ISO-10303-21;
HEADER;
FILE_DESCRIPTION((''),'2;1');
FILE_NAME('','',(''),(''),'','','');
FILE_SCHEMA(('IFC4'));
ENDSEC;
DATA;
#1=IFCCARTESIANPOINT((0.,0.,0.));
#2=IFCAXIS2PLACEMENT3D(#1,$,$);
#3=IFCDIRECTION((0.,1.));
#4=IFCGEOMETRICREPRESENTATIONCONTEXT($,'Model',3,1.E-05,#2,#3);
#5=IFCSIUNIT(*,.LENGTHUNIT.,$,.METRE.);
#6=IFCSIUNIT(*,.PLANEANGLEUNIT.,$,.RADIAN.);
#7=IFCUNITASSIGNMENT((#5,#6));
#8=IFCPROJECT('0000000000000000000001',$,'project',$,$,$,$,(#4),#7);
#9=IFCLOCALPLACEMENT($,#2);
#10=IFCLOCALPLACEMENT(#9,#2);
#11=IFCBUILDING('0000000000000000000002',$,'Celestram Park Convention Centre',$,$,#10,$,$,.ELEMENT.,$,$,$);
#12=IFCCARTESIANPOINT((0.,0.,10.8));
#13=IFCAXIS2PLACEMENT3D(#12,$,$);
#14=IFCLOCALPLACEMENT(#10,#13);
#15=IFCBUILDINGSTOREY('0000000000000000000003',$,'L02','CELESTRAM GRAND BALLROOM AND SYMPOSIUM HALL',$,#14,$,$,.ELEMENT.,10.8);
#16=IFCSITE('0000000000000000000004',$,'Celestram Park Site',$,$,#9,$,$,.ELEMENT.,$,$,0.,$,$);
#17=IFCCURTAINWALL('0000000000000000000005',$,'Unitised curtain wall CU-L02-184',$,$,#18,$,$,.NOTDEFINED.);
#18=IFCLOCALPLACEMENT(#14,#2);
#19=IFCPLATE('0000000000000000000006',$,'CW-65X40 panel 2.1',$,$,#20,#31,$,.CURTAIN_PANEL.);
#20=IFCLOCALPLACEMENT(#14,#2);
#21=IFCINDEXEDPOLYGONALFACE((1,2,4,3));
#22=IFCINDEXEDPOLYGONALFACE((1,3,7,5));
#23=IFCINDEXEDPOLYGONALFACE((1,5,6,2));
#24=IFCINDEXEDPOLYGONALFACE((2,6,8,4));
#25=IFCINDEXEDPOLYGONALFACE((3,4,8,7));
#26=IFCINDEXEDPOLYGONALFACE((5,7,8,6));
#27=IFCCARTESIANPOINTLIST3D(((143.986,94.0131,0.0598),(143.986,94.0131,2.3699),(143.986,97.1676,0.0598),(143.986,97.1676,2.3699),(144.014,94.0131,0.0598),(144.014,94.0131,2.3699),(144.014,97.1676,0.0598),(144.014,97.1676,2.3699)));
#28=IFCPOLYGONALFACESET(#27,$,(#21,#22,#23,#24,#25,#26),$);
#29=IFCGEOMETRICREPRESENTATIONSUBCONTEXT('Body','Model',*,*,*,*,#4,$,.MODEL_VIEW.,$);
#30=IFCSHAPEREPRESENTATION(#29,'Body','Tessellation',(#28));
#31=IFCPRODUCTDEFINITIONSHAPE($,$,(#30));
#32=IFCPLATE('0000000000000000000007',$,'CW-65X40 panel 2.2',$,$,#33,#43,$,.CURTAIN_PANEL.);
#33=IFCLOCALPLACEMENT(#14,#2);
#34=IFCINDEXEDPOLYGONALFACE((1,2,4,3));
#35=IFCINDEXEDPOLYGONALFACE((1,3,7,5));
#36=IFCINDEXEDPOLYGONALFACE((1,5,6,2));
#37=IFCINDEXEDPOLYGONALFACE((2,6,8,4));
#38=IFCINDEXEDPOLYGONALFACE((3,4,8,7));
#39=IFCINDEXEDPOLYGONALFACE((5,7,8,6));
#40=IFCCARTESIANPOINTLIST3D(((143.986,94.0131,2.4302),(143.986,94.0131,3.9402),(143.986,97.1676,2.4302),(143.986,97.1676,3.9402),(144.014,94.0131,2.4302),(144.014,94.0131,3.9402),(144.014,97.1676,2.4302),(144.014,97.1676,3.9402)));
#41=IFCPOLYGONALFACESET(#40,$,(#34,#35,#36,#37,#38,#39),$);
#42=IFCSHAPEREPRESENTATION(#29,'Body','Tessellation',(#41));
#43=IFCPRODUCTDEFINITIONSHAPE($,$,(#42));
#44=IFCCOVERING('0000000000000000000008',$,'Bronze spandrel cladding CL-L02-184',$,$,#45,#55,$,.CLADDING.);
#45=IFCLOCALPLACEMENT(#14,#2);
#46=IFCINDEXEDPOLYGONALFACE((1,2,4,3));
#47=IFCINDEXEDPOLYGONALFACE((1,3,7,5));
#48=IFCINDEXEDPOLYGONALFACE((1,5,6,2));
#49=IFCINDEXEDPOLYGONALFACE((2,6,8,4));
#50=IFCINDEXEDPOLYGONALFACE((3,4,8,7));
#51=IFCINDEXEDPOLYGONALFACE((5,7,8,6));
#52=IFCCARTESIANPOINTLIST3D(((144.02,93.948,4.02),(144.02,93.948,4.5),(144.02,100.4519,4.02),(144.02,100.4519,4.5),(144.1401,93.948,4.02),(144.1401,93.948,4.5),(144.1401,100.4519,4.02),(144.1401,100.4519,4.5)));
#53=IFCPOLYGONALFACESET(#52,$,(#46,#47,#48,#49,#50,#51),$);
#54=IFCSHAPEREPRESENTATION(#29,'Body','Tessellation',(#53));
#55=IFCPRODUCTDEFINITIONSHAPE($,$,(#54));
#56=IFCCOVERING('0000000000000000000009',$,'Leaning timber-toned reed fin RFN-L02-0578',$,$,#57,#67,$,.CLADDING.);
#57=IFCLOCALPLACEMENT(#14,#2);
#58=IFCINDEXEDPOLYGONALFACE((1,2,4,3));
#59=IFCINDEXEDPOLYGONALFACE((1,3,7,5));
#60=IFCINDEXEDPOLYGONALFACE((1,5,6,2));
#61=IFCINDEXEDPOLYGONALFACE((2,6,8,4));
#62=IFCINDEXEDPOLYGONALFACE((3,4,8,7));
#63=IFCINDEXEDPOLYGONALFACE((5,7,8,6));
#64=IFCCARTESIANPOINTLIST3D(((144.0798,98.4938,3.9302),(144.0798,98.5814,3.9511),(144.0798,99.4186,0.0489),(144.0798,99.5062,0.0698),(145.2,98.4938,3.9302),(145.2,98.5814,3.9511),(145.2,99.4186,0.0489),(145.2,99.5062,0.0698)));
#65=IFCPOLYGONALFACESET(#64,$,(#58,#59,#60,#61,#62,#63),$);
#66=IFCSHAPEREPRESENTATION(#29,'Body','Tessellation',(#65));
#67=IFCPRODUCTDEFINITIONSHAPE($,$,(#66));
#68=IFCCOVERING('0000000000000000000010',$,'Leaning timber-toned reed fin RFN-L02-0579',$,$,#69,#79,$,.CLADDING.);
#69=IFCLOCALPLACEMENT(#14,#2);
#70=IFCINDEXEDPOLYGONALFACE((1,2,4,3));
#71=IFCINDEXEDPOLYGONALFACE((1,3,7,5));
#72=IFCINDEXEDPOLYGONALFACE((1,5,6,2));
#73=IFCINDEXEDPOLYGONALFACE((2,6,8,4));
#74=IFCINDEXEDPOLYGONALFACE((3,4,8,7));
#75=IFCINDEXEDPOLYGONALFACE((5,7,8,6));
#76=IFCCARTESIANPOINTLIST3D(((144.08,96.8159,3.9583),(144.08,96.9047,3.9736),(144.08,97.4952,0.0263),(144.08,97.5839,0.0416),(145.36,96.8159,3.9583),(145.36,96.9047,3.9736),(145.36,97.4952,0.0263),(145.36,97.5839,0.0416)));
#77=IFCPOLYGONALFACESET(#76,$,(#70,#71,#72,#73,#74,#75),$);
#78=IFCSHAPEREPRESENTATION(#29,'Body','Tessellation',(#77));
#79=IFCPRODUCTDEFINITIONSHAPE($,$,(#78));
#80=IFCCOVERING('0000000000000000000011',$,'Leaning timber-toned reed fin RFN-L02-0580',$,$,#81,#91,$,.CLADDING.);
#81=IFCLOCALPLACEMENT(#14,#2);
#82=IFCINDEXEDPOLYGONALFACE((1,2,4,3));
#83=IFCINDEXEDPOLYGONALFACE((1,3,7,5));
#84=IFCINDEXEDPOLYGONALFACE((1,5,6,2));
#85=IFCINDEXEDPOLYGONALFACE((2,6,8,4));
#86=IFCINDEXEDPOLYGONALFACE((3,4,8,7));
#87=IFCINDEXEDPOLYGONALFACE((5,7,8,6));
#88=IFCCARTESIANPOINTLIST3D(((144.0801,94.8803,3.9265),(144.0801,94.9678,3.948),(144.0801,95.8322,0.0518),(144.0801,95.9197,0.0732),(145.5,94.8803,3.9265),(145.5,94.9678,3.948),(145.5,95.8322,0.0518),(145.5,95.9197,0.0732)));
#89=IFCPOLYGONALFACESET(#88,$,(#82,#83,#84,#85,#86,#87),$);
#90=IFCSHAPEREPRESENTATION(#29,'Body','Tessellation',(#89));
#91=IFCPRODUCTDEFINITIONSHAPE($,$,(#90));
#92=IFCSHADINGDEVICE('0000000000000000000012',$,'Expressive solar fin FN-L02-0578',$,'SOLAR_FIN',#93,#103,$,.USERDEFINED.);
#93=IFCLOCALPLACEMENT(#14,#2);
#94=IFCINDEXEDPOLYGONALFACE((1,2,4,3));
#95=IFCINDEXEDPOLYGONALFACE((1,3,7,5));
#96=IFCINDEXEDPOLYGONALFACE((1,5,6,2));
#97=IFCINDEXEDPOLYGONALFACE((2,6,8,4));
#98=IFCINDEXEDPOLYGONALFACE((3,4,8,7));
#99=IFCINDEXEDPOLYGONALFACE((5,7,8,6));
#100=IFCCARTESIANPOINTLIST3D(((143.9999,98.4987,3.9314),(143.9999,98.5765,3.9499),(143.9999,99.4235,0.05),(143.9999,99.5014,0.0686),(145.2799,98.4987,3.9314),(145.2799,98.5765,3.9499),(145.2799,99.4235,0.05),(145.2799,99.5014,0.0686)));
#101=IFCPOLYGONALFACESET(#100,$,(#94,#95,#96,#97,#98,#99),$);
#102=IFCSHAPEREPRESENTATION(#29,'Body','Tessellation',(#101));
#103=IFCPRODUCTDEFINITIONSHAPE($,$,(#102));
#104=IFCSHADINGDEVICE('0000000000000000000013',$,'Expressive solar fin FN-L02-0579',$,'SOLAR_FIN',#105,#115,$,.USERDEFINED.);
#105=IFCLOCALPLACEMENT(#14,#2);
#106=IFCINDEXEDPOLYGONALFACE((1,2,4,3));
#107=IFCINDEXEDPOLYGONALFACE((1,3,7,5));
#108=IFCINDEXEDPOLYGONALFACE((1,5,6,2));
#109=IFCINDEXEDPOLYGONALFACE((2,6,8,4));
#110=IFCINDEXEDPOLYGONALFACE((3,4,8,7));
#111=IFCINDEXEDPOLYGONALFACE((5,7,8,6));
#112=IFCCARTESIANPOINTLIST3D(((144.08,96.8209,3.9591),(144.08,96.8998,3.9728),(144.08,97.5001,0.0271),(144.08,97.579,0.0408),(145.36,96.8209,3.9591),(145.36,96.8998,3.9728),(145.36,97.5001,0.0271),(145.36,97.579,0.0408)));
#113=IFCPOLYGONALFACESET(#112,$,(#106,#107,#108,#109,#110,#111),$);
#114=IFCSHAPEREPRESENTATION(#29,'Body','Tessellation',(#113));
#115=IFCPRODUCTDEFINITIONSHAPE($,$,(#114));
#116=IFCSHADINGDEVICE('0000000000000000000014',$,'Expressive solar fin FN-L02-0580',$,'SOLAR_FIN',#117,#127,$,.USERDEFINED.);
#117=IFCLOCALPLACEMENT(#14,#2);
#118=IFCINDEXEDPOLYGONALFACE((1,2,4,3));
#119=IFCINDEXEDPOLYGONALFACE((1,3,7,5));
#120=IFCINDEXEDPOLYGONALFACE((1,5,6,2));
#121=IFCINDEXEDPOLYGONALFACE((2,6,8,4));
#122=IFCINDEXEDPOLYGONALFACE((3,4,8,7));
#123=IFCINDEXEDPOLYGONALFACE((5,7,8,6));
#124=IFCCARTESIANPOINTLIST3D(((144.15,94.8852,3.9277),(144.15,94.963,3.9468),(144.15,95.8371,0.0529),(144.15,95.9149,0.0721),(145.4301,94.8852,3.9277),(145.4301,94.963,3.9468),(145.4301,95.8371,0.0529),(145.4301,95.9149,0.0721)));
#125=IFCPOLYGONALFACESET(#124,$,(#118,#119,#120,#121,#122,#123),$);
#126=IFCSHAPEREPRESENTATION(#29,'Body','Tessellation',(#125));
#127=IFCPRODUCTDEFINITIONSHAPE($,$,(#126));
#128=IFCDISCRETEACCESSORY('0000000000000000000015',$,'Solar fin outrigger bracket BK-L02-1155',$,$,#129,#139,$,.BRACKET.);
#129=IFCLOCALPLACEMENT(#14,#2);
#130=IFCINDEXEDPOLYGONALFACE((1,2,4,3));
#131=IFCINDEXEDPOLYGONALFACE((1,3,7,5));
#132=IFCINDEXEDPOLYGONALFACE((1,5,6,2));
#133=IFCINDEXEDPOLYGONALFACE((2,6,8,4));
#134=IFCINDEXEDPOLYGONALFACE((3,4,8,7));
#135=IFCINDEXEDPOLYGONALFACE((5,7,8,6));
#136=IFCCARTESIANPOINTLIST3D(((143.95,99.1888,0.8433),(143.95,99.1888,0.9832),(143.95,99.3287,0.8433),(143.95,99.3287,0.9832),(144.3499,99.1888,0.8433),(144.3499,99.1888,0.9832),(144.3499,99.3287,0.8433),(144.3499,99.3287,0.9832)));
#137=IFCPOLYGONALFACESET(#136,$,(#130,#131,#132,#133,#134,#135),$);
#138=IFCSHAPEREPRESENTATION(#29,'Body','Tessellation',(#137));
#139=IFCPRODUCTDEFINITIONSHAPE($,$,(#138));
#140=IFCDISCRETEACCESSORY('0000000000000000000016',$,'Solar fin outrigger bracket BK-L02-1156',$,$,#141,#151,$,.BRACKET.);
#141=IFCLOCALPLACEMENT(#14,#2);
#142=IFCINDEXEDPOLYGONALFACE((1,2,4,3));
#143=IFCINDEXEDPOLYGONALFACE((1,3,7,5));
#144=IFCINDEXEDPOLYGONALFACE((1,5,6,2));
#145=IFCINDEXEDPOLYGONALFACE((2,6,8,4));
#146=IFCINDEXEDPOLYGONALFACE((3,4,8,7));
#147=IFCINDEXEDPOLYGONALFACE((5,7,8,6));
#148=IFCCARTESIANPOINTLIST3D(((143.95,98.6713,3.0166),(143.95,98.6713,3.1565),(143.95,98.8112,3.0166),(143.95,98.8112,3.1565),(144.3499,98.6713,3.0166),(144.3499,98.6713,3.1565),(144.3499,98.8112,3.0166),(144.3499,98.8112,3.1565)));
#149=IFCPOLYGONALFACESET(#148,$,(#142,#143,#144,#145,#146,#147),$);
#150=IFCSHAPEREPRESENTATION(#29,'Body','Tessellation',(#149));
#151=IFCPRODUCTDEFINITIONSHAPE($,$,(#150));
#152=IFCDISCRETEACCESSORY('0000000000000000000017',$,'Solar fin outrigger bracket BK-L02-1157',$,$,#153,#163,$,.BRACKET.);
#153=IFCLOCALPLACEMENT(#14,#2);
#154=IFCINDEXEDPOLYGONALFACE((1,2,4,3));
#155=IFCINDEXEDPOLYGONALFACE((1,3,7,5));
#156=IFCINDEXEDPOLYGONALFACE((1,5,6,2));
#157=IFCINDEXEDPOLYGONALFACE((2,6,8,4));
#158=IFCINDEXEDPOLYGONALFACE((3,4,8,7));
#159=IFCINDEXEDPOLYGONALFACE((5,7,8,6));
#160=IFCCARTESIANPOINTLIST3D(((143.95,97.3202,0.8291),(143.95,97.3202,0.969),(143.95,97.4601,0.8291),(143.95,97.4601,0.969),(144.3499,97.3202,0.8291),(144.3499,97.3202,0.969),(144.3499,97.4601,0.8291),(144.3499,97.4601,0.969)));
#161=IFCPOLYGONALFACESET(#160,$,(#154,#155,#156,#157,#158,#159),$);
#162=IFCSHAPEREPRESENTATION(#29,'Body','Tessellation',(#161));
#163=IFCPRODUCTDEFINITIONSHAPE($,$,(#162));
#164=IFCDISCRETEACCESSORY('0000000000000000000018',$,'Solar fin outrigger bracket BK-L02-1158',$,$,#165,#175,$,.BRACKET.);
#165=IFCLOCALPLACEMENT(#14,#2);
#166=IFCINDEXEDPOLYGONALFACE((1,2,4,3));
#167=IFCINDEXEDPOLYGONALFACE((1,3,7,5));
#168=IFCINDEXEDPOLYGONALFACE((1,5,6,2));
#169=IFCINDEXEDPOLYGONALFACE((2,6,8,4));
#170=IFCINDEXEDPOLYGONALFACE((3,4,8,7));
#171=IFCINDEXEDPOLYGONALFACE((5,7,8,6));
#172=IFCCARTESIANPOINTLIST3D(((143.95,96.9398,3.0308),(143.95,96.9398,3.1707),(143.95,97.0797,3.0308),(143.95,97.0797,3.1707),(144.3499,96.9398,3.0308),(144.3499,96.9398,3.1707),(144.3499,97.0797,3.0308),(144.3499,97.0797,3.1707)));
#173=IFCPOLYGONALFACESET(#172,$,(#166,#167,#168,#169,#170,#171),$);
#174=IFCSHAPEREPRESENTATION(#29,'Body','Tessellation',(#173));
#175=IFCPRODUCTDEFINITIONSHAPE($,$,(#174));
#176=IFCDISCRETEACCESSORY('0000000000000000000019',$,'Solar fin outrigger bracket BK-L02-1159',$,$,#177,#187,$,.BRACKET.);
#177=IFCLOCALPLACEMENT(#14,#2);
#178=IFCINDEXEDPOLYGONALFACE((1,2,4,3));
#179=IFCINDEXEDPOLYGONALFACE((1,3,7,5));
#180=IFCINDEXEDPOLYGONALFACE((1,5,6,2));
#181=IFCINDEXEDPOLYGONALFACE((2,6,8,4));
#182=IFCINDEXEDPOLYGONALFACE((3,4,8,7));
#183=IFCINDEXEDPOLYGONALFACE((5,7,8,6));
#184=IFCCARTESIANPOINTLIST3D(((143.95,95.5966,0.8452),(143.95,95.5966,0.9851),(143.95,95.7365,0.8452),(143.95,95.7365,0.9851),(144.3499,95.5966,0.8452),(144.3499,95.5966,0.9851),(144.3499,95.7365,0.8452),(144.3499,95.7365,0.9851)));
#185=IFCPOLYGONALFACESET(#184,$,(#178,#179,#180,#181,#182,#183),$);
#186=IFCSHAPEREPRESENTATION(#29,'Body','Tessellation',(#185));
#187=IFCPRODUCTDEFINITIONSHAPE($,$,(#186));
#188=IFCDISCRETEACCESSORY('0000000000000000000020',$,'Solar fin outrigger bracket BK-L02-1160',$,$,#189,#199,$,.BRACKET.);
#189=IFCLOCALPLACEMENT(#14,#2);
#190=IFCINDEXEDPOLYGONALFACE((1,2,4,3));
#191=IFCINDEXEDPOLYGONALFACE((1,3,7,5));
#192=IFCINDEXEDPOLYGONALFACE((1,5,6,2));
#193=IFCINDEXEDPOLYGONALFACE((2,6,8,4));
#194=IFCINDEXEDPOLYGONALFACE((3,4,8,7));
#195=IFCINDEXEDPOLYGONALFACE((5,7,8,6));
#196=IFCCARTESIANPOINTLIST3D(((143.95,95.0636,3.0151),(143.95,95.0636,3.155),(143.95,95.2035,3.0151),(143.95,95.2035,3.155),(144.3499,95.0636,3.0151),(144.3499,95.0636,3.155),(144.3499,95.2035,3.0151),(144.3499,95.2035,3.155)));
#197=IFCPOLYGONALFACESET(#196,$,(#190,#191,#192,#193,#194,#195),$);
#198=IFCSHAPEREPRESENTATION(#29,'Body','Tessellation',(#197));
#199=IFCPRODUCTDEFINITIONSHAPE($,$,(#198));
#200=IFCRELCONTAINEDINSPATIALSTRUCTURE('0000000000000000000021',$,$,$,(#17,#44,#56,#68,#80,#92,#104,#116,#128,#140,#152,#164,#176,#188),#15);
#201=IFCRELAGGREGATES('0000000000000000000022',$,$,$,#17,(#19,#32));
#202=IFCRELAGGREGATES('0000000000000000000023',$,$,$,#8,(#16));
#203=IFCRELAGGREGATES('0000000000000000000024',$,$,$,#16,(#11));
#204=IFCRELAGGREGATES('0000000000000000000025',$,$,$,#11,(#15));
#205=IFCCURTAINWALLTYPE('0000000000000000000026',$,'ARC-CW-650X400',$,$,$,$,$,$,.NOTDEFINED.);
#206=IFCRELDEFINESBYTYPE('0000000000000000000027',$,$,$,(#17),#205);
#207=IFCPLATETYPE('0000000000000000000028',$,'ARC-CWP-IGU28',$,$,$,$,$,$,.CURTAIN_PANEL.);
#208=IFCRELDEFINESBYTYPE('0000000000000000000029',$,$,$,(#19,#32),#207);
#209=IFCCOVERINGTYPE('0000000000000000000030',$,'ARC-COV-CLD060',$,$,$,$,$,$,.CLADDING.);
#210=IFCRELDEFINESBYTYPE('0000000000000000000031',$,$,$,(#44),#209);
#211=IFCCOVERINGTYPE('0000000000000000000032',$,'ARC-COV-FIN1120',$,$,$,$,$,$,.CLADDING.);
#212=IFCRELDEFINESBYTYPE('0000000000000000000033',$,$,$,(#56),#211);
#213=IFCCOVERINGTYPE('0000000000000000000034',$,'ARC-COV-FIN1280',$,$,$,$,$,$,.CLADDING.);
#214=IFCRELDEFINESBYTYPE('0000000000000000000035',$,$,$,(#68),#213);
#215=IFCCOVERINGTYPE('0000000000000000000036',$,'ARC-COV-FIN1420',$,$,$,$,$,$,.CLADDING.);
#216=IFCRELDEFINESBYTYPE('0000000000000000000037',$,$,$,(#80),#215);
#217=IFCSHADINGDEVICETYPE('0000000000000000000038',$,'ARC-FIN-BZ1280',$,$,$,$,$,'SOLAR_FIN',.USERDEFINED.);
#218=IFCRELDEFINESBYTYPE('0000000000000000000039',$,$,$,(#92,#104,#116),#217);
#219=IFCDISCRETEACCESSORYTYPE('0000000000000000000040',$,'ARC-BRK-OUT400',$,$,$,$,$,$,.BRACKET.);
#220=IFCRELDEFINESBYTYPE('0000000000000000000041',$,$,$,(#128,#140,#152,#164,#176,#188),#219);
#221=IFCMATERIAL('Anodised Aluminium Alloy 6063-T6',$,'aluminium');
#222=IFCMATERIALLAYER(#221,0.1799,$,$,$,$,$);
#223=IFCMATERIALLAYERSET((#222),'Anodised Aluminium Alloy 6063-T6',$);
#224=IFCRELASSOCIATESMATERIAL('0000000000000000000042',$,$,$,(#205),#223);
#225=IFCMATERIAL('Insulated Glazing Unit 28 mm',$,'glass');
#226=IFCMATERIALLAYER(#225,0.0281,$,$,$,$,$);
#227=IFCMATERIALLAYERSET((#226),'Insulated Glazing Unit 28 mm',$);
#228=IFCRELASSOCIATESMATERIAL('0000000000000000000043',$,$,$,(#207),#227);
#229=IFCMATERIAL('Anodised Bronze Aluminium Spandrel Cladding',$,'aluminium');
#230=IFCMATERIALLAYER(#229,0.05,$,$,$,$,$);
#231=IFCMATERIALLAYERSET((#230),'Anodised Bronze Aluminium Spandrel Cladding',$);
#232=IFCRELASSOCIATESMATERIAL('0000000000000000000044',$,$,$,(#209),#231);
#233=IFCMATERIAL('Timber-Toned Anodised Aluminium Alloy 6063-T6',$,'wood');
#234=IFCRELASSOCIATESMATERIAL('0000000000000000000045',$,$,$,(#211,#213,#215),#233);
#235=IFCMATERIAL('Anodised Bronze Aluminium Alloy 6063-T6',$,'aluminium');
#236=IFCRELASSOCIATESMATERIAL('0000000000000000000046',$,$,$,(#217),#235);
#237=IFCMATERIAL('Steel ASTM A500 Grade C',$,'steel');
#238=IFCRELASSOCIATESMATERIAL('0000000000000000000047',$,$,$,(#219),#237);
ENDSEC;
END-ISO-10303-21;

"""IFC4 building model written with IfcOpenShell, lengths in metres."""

from ifc_helpers import new_model, si_unit, direction, frame, origin, origin_2d, place, context, subcontext, project, spatial, rectangle, extrude, material, layer, layer_set, material_profile, profile_set, type_object, element, aggregate, save


model = new_model("IFC4")

# Units and contexts
model_context = context("Model", 3, precision=1e-05, world=origin(), true_north=direction((0.0, 1.0)))
body_context = subcontext(model_context, "Body", "Model", "MODEL_VIEW")
ifc_project = project(units=[si_unit("LENGTHUNIT", "METRE"), si_unit("PLANEANGLEUNIT", "RADIAN")], contexts=[model_context])

# Site, building, storey
site_placement = place(None, origin())
site = spatial("IfcSite", under=ifc_project, at=site_placement, Name="Celestram Park Site", CompositionType="ELEMENT", RefElevation=0.0)
building_placement = place(site_placement, origin())
building = spatial("IfcBuilding", under=site, at=building_placement, Name="Celestram Park Convention Centre", CompositionType="ELEMENT")
storey_placement = place(building_placement, frame((0.0, 0.0, 10.8)))
storey = spatial("IfcBuildingStorey", under=building, at=storey_placement, Name="L02", Description="CELESTRAM GRAND BALLROOM AND SYMPOSIUM HALL", CompositionType="ELEMENT", Elevation=10.8)

# Curtain wall
ifc_material_1 = material(Name="Anodised Aluminium Alloy 6063-T6", Category="aluminium")
ifc_layer_1 = layer(ifc_material_1, 0.1799)
ifc_layer_set_1 = layer_set([ifc_layer_1], Name="Anodised Aluminium Alloy 6063-T6")
curtain_wall_type = type_object("IfcCurtainWallType", Name="ARC-CW-650X400", PredefinedType="NOTDEFINED", material=ifc_layer_set_1)
curtain_wall_placement = place(storey_placement, origin())
curtain_wall = element("IfcCurtainWall", 1, at=curtain_wall_placement, inside=storey, type_object=curtain_wall_type, Name="Unitised curtain wall CU-L02-184", PredefinedType="NOTDEFINED")

# Shared definitions
ifc_material_2 = material(Name="Steel ASTM A500 Grade C", Category="steel")

# Plates
ifc_material_3 = material(Name="Insulated Glazing Unit 28 mm", Category="glass")
ifc_layer_2 = layer(ifc_material_3, 0.0281)
ifc_layer_set_2 = layer_set([ifc_layer_2], Name="Insulated Glazing Unit 28 mm")
plate_type = type_object("IfcPlateType", Name="ARC-CWP-IGU28", PredefinedType="CURTAIN_PANEL", material=ifc_layer_set_2)
plate_1_placement = place(storey_placement, frame((144.0, 95.5903, 0.0598), z_axis=(0.0, 0.0, 1.0), x_axis=(0.0, -1.0, 0.0)))
plate_1 = element("IfcPlate", 2, at=plate_1_placement, type_object=plate_type, Name="CW-65X40 panel 2.1", PredefinedType="CURTAIN_PANEL", context=body_context, shape_type="SweptSolid", body=[
    extrude(rectangle(XDim=3.1545, YDim=0.0281, at=origin_2d()), origin(), (0.0, 0.0, 1.0), 2.3101),
])
plate_2_placement = place(storey_placement, frame((144.0, 95.5903, 2.4302), z_axis=(0.0, 0.0, 1.0), x_axis=(0.0, -1.0, 0.0)))
plate_2 = element("IfcPlate", 3, at=plate_2_placement, type_object=plate_type, Name="CW-65X40 panel 2.2", PredefinedType="CURTAIN_PANEL", context=body_context, shape_type="SweptSolid", body=[
    extrude(rectangle(XDim=3.1545, YDim=0.0281, at=origin_2d()), origin(), (0.0, 0.0, 1.0), 1.51),
])
aggregate(curtain_wall, [plate_1, plate_2])

# Coverings
ifc_material_4 = material(Name="Anodised Bronze Aluminium Spandrel Cladding", Category="aluminium")
ifc_layer_3 = layer(ifc_material_4, 0.05)
ifc_layer_set_3 = layer_set([ifc_layer_3], Name="Anodised Bronze Aluminium Spandrel Cladding")
covering_type_1 = type_object("IfcCoveringType", Name="ARC-COV-CLD060", PredefinedType="CLADDING", material=ifc_layer_set_3)
covering_1_placement = place(storey_placement, frame((144.0801, 97.2, 4.02), z_axis=(0.0, 0.0, 1.0), x_axis=(0.0, -1.0, 0.0)))
element("IfcCovering", 4, at=covering_1_placement, inside=storey, type_object=covering_type_1, Name="Bronze spandrel cladding CL-L02-184", PredefinedType="CLADDING", context=body_context, shape_type="SweptSolid", body=[
    extrude(rectangle(XDim=6.5039, YDim=0.1201, at=origin_2d()), origin(), (0.0, 0.0, 1.0), 0.48),
])
ifc_material_5 = material(Name="Timber-Toned Anodised Aluminium Alloy 6063-T6", Category="wood")
ifc_material_profile_1 = material_profile(ifc_material_5, rectangle(XDim=1.1201, YDim=0.0901, at=origin_2d()), Name="REED1120X90")
ifc_profile_set_1 = profile_set([ifc_material_profile_1], Name="Timber-Toned Anodised Aluminium Alloy 6063-T6")
covering_type_2 = type_object("IfcCoveringType", Name="ARC-COV-FIN1120", PredefinedType="CLADDING", material=ifc_profile_set_1)
covering_2_placement = place(storey_placement, frame((144.6399, 99.4624, 0.0593), z_axis=(0.0, -0.23178, 0.972768), x_axis=(1.0, 0.0, 0.0)))
element("IfcCovering", 5, at=covering_2_placement, inside=storey, type_object=covering_type_2, Name="Leaning timber-toned reed fin RFN-L02-0578", PredefinedType="CLADDING", context=body_context, shape_type="SweptSolid", body=[
    extrude(rectangle(XDim=1.1201, YDim=0.0901, at=origin_2d()), origin(), (0.0, 0.0, 1.0), 3.99),
])
ifc_material_profile_2 = material_profile(ifc_material_5, rectangle(XDim=1.28, YDim=0.0901, at=origin_2d()), Name="REED1280X90")
ifc_profile_set_2 = profile_set([ifc_material_profile_2], Name="Timber-Toned Anodised Aluminium Alloy 6063-T6")
covering_type_3 = type_object("IfcCoveringType", Name="ARC-COV-FIN1280", PredefinedType="CLADDING", material=ifc_profile_set_2)
covering_3_placement = place(storey_placement, frame((144.72, 97.5396, 0.0339), z_axis=(0.0, -0.17022, 0.985406), x_axis=(1.0, 0.0, 0.0)))
element("IfcCovering", 6, at=covering_3_placement, inside=storey, type_object=covering_type_3, Name="Leaning timber-toned reed fin RFN-L02-0579", PredefinedType="CLADDING", context=body_context, shape_type="SweptSolid", body=[
    extrude(rectangle(XDim=1.28, YDim=0.0901, at=origin_2d()), origin(), (0.0, 0.0, 1.0), 3.9902),
])
ifc_material_profile_3 = material_profile(ifc_material_5, rectangle(XDim=1.4199, YDim=0.0901, at=origin_2d()), Name="REED1420X90")
ifc_profile_set_3 = profile_set([ifc_material_profile_3], Name="Timber-Toned Anodised Aluminium Alloy 6063-T6")
covering_type_4 = type_object("IfcCoveringType", Name="ARC-COV-FIN1420", PredefinedType="CLADDING", material=ifc_profile_set_3)
covering_4_placement = place(storey_placement, frame((144.79, 95.876, 0.0625), z_axis=(0.0, -0.238574, 0.971124), x_axis=(1.0, 0.0, 0.0)))
element("IfcCovering", 7, at=covering_4_placement, inside=storey, type_object=covering_type_4, Name="Leaning timber-toned reed fin RFN-L02-0580", PredefinedType="CLADDING", context=body_context, shape_type="SweptSolid", body=[
    extrude(rectangle(XDim=1.4199, YDim=0.0901, at=origin_2d()), origin(), (0.0, 0.0, 1.0), 3.99),
])

# Shading devices
ifc_material_6 = material(Name="Anodised Bronze Aluminium Alloy 6063-T6", Category="aluminium")
ifc_material_profile_4 = material_profile(ifc_material_6, rectangle(XDim=1.28, YDim=0.0801, at=origin_2d()), Name="FIN1280X80")
ifc_profile_set_4 = profile_set([ifc_material_profile_4], Name="Anodised Bronze Aluminium Alloy 6063-T6")
shading_device_type = type_object("IfcShadingDeviceType", Name="ARC-FIN-BZ1280", ElementType="SOLAR_FIN", PredefinedType="USERDEFINED", material=ifc_profile_set_4)
shading_device_1_placement = place(storey_placement, frame((144.6399, 99.4624, 0.0593), z_axis=(0.0, -0.23178, 0.972768), x_axis=(1.0, 0.0, 0.0)))
element("IfcShadingDevice", 8, at=shading_device_1_placement, inside=storey, type_object=shading_device_type, Name="Expressive solar fin FN-L02-0578", ObjectType="SOLAR_FIN", PredefinedType="USERDEFINED", context=body_context, shape_type="SweptSolid", body=[
    extrude(rectangle(XDim=1.28, YDim=0.0801, at=origin_2d()), origin(), (0.0, 0.0, 1.0), 3.99),
])
shading_device_2_placement = place(storey_placement, frame((144.72, 97.5396, 0.0339), z_axis=(0.0, -0.17022, 0.985406), x_axis=(1.0, 0.0, 0.0)))
element("IfcShadingDevice", 9, at=shading_device_2_placement, inside=storey, type_object=shading_device_type, Name="Expressive solar fin FN-L02-0579", ObjectType="SOLAR_FIN", PredefinedType="USERDEFINED", context=body_context, shape_type="SweptSolid", body=[
    extrude(rectangle(XDim=1.28, YDim=0.0801, at=origin_2d()), origin(), (0.0, 0.0, 1.0), 3.9902),
])
shading_device_3_placement = place(storey_placement, frame((144.79, 95.876, 0.0625), z_axis=(0.0, -0.238574, 0.971124), x_axis=(1.0, 0.0, 0.0)))
element("IfcShadingDevice", 10, at=shading_device_3_placement, inside=storey, type_object=shading_device_type, Name="Expressive solar fin FN-L02-0580", ObjectType="SOLAR_FIN", PredefinedType="USERDEFINED", context=body_context, shape_type="SweptSolid", body=[
    extrude(rectangle(XDim=1.28, YDim=0.0801, at=origin_2d()), origin(), (0.0, 0.0, 1.0), 3.99),
])

# Discrete accessories
discrete_accessory_type = type_object("IfcDiscreteAccessoryType", Name="ARC-BRK-OUT400", PredefinedType="BRACKET", material=ifc_material_2)
for number, where, z_axis, x_axis, name in (
    (11, (144.1499, 99.2588, 0.8433), (0.0, 0.0, 1.0), (1.0, 0.0, 0.0), "Solar fin outrigger bracket BK-L02-1155"),
    (12, (144.1499, 98.7412, 3.0166), (0.0, 0.0, 1.0), (1.0, 0.0, 0.0), "Solar fin outrigger bracket BK-L02-1156"),
    (13, (144.1499, 97.3901, 0.8291), (0.0, 0.0, 1.0), (1.0, 0.0, 0.0), "Solar fin outrigger bracket BK-L02-1157"),
    (14, (144.1499, 97.0098, 3.0308), (0.0, 0.0, 1.0), (1.0, 0.0, 0.0), "Solar fin outrigger bracket BK-L02-1158"),
    (15, (144.1499, 95.6665, 0.8452), (0.0, 0.0, 1.0), (1.0, 0.0, 0.0), "Solar fin outrigger bracket BK-L02-1159"),
    (16, (144.1499, 95.1335, 3.0151), (0.0, 0.0, 1.0), (1.0, 0.0, 0.0), "Solar fin outrigger bracket BK-L02-1160"),
):
    element("IfcDiscreteAccessory", number, at=place(storey_placement, frame(where, z_axis=z_axis, x_axis=x_axis)), inside=storey, type_object=discrete_accessory_type, Name=name, PredefinedType="BRACKET", context=body_context, shape_type="SweptSolid", body=[
        extrude(rectangle(XDim=0.3999, YDim=0.1399, at=origin_2d()), origin(), (0.0, 0.0, 1.0), 0.1399),
    ])

save(model, "model.ifc")
